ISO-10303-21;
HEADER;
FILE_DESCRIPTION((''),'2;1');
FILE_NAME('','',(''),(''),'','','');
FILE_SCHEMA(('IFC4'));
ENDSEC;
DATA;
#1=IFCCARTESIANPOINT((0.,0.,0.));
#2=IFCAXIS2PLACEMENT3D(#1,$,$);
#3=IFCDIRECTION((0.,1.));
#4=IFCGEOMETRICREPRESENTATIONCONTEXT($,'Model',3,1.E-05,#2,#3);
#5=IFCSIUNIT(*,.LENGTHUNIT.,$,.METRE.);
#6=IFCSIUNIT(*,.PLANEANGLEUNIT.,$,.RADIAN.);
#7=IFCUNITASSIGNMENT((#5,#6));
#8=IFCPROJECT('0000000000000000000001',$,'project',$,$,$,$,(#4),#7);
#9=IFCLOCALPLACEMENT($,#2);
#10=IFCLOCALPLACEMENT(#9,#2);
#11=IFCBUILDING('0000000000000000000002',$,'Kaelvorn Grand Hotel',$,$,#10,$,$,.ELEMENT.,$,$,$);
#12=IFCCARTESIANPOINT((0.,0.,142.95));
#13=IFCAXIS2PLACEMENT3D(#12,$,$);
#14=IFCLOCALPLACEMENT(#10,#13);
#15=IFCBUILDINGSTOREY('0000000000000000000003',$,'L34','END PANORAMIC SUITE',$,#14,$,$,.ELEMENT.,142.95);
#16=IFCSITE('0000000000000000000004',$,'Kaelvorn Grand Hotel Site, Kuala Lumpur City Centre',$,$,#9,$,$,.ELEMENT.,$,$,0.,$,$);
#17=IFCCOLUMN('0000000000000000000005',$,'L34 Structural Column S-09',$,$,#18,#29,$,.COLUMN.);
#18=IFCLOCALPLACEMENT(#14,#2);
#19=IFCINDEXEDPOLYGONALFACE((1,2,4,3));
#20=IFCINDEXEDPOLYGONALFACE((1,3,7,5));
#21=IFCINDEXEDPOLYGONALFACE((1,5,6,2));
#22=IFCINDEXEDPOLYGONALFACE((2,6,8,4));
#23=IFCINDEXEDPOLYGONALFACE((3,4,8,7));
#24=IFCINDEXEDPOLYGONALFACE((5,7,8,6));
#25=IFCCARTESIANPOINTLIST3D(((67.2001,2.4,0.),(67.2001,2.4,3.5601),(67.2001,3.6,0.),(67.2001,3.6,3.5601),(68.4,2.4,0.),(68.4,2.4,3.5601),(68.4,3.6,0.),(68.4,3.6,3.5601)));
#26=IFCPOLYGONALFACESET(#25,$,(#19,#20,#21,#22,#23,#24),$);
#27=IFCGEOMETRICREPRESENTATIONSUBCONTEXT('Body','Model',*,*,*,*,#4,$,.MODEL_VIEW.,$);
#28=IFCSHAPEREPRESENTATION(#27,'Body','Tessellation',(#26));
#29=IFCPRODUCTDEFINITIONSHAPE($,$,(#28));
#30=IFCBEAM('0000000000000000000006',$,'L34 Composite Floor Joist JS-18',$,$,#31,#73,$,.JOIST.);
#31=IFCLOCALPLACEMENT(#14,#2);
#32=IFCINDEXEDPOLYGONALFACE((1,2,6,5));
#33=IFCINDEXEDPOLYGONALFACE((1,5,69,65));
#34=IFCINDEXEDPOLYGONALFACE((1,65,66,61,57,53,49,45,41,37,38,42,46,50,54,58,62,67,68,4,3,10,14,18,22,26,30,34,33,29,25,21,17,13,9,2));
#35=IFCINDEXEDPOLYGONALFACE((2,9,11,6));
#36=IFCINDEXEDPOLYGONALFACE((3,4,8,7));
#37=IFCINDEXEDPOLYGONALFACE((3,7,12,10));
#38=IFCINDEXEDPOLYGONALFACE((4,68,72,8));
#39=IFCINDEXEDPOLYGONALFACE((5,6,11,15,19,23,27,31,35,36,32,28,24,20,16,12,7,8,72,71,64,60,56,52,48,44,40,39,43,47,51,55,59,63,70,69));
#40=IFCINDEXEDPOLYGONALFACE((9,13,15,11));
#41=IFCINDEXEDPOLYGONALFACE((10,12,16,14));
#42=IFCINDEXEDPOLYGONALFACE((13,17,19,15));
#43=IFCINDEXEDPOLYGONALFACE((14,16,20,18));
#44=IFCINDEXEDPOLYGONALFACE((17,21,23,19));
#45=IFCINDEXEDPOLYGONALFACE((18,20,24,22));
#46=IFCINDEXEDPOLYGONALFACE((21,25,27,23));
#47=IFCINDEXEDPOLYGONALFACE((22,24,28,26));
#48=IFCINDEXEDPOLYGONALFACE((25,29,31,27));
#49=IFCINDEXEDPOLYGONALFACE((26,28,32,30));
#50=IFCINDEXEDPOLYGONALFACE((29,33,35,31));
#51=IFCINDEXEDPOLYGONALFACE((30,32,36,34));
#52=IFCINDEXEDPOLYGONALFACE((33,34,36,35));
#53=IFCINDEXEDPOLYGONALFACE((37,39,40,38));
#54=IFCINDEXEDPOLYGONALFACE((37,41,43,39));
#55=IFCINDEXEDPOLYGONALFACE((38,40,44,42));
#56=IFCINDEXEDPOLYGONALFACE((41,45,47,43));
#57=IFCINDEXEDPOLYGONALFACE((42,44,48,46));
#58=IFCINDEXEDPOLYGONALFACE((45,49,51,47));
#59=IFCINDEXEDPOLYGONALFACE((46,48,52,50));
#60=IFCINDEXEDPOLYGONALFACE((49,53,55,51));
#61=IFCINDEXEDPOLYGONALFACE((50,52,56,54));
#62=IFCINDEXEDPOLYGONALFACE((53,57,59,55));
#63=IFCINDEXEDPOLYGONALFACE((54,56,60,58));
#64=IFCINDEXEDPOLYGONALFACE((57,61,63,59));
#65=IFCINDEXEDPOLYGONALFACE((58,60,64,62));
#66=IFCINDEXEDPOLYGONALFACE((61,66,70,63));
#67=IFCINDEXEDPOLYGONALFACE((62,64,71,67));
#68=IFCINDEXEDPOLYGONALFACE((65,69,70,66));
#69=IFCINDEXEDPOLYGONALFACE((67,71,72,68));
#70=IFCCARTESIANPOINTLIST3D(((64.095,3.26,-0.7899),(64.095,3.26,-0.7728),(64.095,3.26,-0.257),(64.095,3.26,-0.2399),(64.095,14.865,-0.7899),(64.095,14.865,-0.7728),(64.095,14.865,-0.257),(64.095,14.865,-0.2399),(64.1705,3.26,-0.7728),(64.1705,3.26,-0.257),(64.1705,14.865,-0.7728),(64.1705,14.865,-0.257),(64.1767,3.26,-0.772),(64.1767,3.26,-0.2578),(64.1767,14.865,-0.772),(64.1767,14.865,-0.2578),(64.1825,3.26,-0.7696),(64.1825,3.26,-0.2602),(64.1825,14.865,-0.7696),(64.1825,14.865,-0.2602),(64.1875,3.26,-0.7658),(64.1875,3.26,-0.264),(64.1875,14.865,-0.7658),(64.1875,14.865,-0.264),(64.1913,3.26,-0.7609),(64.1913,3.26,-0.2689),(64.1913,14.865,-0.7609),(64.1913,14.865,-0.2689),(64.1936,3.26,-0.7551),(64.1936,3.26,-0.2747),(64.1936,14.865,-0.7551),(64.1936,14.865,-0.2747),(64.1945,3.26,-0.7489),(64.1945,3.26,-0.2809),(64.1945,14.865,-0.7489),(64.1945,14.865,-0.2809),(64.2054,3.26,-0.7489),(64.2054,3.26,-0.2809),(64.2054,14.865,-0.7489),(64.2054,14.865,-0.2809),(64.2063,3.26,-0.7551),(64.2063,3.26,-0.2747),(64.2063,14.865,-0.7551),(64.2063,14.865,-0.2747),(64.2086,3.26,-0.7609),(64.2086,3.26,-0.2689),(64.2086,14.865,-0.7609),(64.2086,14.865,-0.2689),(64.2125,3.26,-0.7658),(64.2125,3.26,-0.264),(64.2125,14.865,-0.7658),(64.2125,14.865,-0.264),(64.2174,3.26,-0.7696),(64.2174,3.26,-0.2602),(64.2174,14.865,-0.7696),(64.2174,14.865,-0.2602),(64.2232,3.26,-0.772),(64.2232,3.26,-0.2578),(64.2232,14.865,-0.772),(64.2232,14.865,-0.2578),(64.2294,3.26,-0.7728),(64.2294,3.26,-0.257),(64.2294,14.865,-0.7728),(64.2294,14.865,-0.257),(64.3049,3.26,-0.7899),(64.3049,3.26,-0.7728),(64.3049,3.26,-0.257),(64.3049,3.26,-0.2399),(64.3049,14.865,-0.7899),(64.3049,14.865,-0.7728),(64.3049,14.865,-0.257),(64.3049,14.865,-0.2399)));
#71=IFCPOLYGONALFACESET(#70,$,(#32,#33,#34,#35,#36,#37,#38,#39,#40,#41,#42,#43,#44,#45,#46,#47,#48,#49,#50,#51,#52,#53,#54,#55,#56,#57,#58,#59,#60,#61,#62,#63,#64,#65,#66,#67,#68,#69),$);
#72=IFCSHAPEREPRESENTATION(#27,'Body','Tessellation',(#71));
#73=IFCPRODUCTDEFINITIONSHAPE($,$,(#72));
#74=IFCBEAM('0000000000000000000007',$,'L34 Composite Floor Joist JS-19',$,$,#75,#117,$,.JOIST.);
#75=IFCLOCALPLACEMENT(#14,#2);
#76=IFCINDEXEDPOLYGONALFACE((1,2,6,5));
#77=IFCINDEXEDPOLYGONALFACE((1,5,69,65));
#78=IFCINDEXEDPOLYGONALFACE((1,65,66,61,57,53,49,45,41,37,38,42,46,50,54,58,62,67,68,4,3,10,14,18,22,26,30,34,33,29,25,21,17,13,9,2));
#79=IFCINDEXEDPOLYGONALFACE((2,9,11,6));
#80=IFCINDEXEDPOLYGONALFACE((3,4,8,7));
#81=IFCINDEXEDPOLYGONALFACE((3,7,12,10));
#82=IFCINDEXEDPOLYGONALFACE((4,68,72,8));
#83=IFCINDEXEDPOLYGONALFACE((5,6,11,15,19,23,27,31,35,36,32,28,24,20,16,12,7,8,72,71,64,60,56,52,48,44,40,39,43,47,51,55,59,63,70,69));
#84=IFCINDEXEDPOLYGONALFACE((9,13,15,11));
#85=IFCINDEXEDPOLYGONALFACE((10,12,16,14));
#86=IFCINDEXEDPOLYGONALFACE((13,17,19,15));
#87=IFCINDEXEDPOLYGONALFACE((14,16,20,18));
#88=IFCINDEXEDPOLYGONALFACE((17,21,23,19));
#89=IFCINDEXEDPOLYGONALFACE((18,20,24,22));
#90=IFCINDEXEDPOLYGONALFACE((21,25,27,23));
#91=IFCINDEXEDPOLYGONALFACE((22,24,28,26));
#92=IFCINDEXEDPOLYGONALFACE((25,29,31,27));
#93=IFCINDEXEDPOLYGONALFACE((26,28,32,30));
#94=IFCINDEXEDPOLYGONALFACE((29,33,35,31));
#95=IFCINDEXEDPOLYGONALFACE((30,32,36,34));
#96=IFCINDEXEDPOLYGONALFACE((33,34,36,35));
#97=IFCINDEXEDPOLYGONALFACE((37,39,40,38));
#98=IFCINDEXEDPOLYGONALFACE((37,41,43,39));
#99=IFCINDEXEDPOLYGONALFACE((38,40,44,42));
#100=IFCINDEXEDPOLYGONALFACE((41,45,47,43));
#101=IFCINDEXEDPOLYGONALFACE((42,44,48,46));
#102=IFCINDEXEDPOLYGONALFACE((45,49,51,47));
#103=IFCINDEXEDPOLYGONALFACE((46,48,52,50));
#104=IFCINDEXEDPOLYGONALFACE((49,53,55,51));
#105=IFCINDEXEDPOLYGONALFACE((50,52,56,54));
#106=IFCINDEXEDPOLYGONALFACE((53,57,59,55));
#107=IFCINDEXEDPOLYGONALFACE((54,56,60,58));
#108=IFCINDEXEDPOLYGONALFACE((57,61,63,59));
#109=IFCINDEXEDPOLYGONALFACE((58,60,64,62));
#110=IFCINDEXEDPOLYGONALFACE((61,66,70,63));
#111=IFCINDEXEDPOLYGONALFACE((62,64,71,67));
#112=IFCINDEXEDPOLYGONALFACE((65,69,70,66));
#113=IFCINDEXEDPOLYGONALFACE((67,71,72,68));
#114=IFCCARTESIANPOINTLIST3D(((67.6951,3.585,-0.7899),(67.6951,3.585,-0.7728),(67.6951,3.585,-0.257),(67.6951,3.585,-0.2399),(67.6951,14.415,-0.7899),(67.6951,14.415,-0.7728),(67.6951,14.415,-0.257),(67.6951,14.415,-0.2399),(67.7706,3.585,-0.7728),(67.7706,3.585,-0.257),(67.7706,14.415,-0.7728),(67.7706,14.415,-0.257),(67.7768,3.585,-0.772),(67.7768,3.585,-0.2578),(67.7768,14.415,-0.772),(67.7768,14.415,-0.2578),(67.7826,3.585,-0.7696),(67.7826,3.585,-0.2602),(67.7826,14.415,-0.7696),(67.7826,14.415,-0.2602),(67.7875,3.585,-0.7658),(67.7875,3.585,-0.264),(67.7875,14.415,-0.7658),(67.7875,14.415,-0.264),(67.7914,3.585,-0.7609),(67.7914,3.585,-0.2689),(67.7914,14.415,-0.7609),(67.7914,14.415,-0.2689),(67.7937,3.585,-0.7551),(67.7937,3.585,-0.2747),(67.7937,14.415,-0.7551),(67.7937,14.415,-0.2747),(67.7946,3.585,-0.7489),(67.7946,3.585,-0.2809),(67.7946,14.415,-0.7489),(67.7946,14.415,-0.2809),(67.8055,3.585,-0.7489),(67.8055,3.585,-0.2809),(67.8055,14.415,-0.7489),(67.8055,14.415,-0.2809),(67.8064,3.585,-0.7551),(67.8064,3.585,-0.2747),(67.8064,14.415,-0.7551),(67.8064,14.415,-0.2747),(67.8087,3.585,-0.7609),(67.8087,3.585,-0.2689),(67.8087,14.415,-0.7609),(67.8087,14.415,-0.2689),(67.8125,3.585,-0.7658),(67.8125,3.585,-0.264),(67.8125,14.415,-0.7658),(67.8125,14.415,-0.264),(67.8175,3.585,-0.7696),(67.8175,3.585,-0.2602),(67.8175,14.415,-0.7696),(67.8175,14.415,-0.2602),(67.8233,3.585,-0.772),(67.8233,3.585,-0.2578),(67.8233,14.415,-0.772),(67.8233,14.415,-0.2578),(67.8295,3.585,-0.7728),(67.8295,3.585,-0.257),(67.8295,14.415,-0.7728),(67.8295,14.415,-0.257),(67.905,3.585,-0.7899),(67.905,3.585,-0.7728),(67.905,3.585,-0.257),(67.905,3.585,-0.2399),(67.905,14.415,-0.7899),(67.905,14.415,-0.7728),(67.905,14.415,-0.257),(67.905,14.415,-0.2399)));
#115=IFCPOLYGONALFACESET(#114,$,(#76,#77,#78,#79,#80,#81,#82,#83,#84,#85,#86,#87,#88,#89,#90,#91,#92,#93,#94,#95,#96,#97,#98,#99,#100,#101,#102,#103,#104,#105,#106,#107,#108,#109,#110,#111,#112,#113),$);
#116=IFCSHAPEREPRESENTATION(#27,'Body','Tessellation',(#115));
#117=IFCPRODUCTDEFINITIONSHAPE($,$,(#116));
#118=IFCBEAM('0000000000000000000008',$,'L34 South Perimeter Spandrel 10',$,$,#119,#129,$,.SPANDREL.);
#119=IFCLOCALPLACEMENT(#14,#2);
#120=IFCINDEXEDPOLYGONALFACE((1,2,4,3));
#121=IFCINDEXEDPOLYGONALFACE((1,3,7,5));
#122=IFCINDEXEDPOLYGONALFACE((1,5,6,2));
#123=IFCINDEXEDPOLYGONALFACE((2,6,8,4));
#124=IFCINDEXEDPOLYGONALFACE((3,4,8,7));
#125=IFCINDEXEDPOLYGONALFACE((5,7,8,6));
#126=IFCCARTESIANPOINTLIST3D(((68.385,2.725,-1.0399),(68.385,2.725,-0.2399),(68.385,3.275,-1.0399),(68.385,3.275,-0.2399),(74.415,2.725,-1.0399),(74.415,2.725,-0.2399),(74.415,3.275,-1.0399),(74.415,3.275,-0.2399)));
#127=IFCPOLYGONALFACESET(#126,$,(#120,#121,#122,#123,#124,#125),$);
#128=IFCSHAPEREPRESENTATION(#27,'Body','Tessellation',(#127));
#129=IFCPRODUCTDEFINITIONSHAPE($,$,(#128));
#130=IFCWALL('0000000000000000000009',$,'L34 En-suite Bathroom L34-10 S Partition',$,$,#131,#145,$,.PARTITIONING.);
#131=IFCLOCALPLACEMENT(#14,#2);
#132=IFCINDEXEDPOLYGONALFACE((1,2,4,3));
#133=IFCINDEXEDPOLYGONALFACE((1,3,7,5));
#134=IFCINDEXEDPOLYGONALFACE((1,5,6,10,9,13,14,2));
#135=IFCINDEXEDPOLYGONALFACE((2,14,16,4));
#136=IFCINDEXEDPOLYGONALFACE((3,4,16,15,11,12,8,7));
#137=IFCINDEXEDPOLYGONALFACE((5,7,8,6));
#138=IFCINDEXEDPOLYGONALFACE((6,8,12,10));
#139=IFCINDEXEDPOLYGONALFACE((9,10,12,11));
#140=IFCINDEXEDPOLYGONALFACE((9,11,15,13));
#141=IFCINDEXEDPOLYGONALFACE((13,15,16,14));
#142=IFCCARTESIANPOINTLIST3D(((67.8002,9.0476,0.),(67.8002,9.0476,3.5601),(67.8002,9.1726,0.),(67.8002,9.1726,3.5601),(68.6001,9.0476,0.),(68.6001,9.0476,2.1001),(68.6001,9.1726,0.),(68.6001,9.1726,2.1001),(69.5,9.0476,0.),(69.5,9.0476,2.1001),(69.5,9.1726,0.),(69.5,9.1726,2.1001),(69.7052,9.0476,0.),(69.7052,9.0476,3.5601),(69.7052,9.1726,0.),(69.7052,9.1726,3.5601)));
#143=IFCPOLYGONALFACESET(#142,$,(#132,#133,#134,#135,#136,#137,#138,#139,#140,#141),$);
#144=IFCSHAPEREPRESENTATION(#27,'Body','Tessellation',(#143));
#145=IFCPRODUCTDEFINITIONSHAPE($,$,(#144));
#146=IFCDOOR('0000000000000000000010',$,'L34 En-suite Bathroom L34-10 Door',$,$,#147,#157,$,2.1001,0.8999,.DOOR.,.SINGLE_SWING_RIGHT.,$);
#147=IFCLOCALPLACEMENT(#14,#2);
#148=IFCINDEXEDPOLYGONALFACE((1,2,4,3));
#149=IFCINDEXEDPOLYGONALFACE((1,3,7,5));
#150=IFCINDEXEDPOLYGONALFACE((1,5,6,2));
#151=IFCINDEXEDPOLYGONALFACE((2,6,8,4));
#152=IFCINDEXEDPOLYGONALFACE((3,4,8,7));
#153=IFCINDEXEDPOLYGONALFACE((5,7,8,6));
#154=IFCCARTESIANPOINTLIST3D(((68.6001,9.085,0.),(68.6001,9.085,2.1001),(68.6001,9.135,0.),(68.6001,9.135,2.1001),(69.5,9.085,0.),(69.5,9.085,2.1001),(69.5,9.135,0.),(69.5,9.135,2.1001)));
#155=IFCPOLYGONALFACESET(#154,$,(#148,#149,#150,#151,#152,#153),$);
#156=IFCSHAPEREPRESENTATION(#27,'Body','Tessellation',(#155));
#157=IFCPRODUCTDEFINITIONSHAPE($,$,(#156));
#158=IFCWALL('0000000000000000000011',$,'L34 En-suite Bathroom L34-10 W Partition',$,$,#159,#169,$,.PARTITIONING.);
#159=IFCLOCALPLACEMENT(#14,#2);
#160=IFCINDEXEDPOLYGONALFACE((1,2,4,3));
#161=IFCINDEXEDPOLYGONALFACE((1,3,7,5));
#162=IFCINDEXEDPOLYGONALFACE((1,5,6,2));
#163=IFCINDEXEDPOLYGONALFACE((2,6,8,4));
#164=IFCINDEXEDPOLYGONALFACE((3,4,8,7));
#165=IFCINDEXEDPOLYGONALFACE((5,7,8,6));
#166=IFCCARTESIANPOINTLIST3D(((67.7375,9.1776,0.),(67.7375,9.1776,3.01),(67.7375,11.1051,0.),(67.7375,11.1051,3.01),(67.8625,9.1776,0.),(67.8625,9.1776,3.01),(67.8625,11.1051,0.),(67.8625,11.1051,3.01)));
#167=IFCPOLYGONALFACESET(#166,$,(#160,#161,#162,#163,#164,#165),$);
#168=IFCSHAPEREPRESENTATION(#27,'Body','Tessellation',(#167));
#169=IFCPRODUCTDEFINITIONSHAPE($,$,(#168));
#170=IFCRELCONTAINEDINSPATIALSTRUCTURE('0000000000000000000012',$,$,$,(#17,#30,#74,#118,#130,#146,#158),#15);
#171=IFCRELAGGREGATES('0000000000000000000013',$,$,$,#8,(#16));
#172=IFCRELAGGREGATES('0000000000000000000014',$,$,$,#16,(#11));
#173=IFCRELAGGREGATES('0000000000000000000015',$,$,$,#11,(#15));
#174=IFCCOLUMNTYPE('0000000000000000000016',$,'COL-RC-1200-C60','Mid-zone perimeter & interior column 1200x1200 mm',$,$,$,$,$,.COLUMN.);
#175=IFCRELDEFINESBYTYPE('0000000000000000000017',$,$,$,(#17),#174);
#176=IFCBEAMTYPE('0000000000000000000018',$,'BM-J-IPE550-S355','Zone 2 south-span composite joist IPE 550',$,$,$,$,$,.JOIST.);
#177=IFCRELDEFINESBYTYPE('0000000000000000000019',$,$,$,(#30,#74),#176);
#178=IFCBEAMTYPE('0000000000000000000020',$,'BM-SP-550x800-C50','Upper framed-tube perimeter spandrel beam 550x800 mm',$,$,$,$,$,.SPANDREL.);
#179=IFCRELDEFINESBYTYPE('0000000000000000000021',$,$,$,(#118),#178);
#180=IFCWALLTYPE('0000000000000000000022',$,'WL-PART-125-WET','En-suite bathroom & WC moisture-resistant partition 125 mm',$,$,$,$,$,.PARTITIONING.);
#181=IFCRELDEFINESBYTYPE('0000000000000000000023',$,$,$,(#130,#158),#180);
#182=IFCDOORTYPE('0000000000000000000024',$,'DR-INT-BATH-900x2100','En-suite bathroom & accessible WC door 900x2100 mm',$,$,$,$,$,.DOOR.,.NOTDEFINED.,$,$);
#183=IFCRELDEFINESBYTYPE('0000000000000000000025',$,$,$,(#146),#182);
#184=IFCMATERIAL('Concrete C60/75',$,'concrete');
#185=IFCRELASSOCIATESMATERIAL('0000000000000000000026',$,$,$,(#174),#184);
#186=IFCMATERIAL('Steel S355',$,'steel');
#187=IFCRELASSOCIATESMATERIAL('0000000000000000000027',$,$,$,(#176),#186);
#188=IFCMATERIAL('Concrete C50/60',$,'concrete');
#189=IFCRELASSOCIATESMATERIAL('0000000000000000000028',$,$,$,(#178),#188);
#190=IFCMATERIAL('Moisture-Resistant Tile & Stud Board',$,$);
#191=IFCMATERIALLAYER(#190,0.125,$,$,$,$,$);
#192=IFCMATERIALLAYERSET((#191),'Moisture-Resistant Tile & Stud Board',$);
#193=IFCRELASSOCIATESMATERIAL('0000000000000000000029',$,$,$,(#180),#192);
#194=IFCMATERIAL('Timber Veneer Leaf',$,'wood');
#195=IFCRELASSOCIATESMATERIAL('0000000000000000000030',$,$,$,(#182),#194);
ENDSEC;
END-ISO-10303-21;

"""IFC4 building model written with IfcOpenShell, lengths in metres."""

from ifc_helpers import new_model, si_unit, direction, frame, frame_2d, origin, origin_2d, place, context, subcontext, project, spatial, rectangle, i_section, extrude, material, layer, layer_set, material_profile, profile_set, type_object, element, fill, save


model = new_model("IFC4")

# Units and contexts
model_context = context("Model", 3, precision=1e-05, world=origin(), true_north=direction((0.0, 1.0)))
body_context = subcontext(model_context, "Body", "Model", "MODEL_VIEW")
ifc_project = project(units=[si_unit("LENGTHUNIT", "METRE"), si_unit("PLANEANGLEUNIT", "RADIAN")], contexts=[model_context])

# Site, building, storey
site_placement = place(None, origin())
site = spatial("IfcSite", under=ifc_project, at=site_placement, Name="Kaelvorn Grand Hotel Site, Kuala Lumpur City Centre", CompositionType="ELEMENT", RefElevation=0.0)
building_placement = place(site_placement, origin())
building = spatial("IfcBuilding", under=site, at=building_placement, Name="Kaelvorn Grand Hotel", CompositionType="ELEMENT")
storey_placement = place(building_placement, frame((0.0, 0.0, 142.95)))
storey = spatial("IfcBuildingStorey", under=building, at=storey_placement, Name="L34", Description="END PANORAMIC SUITE", CompositionType="ELEMENT", Elevation=142.95)

# Column
ifc_material_1 = material(Name="Concrete C60/75", Category="concrete")
ifc_material_profile_1 = material_profile(ifc_material_1, rectangle(XDim=1.2, YDim=1.2, at=origin_2d()), Name="RC COL 1200x1200")
ifc_profile_set_1 = profile_set([ifc_material_profile_1], Name="Concrete C60/75")
column_type = type_object("IfcColumnType", Name="COL-RC-1200-C60", Description="Mid-zone perimeter & interior column 1200x1200 mm", PredefinedType="COLUMN", material=ifc_profile_set_1)
column_placement = place(storey_placement, frame((67.8, 3.0, 0.0), z_axis=(0.0, 0.0, 1.0), x_axis=(1.0, 0.0, 0.0)))
element("IfcColumn", 1, at=column_placement, inside=storey, type_object=column_type, Name="L34 Structural Column S-09", PredefinedType="COLUMN", context=body_context, shape_type="SweptSolid", body=[
    extrude(rectangle(XDim=1.2, YDim=1.2, at=origin_2d()), origin(), (0.0, 0.0, 1.0), 3.5601),
])

# Beams
ifc_material_2 = material(Name="Steel S355", Category="steel")
ifc_material_profile_2 = material_profile(ifc_material_2, i_section(OverallWidth=0.21, OverallDepth=0.55, WebThickness=0.011, FlangeThickness=0.0171, FilletRadius=0.0239, at=origin_2d()), Name="IPE 550")
ifc_profile_set_2 = profile_set([ifc_material_profile_2], Name="Steel S355")
beam_type_1 = type_object("IfcBeamType", Name="BM-J-IPE550-S355", Description="Zone 2 south-span composite joist IPE 550", PredefinedType="JOIST", material=ifc_profile_set_2)
beam_1_placement = place(storey_placement, frame((64.2, 3.26, -0.5149), z_axis=(0.0, 1.0, 0.0), x_axis=(-1.0, 0.0, 0.0)))
element("IfcBeam", 2, at=beam_1_placement, inside=storey, type_object=beam_type_1, Name="L34 Composite Floor Joist JS-18", PredefinedType="JOIST", context=body_context, shape_type="SweptSolid", body=[
    extrude(i_section(OverallWidth=0.21, OverallDepth=0.55, WebThickness=0.011, FlangeThickness=0.0171, FilletRadius=0.0239, at=origin_2d()), origin(), (0.0, 0.0, 1.0), 11.605),
])
beam_2_placement = place(storey_placement, frame((67.8, 3.585, -0.5149), z_axis=(0.0, 1.0, 0.0), x_axis=(-1.0, 0.0, 0.0)))
element("IfcBeam", 3, at=beam_2_placement, inside=storey, type_object=beam_type_1, Name="L34 Composite Floor Joist JS-19", PredefinedType="JOIST", context=body_context, shape_type="SweptSolid", body=[
    extrude(i_section(OverallWidth=0.21, OverallDepth=0.55, WebThickness=0.011, FlangeThickness=0.0171, FilletRadius=0.0239, at=origin_2d()), origin(), (0.0, 0.0, 1.0), 10.8301),
])
ifc_material_3 = material(Name="Concrete C50/60", Category="concrete")
ifc_material_profile_3 = material_profile(ifc_material_3, rectangle(XDim=0.55, YDim=0.8, at=origin_2d()), Name="RC SPANDREL 550x800")
ifc_profile_set_3 = profile_set([ifc_material_profile_3], Name="Concrete C50/60")
beam_type_2 = type_object("IfcBeamType", Name="BM-SP-550x800-C50", Description="Upper framed-tube perimeter spandrel beam 550x800 mm", PredefinedType="SPANDREL", material=ifc_profile_set_3)
beam_3_placement = place(storey_placement, frame((68.385, 3.0, -0.6399), z_axis=(1.0, 0.0, 0.0), x_axis=(0.0, 1.0, 0.0)))
element("IfcBeam", 4, at=beam_3_placement, inside=storey, type_object=beam_type_2, Name="L34 South Perimeter Spandrel 10", PredefinedType="SPANDREL", context=body_context, shape_type="SweptSolid", body=[
    extrude(rectangle(XDim=0.55, YDim=0.8, at=origin_2d()), origin(), (0.0, 0.0, 1.0), 6.03),
])

# Wall, opening, door
ifc_material_4 = material(Name="Moisture-Resistant Tile & Stud Board")
ifc_layer_1 = layer(ifc_material_4, 0.125)
ifc_layer_set_1 = layer_set([ifc_layer_1], Name="Moisture-Resistant Tile & Stud Board")
wall_type_1 = type_object("IfcWallType", Name="WL-PART-125-WET", Description="En-suite bathroom & WC moisture-resistant partition 125 mm", PredefinedType="PARTITIONING", material=ifc_layer_set_1)
wall_1_placement = place(storey_placement, frame((67.8, 9.1101, 0.0), z_axis=(0.0, 0.0, 1.0), x_axis=(1.0, 0.0, 0.0)))
wall_1 = element("IfcWall", 5, at=wall_1_placement, inside=storey, type_object=wall_type_1, Name="L34 En-suite Bathroom L34-10 S Partition", PredefinedType="PARTITIONING", context=body_context, shape_type="SweptSolid", body=[
    extrude(rectangle(XDim=1.905, YDim=0.125, at=frame_2d((0.9526, 0.0))), origin(), (0.0, 0.0, 1.0), 3.5601),
])
opening_1_placement = place(wall_1_placement, frame((0.8, 0.0, 0.0)))
opening_1 = element("IfcOpeningElement", 6, at=opening_1_placement, cuts=wall_1, PredefinedType="OPENING", context=body_context, shape_type="SweptSolid", body=[
    extrude(rectangle(XDim=0.8999, YDim=2.1001, at=frame_2d((0.45, 1.05))), frame((0.0, 0.0725, 0.0), z_axis=(0.0, -1.0, 0.0), x_axis=(1.0, 0.0, 0.0)), (0.0, 0.0, 1.0), 0.145),
])
ifc_material_5 = material(Name="Timber Veneer Leaf", Category="wood")
door_type_1 = type_object("IfcDoorType", Name="DR-INT-BATH-900x2100", Description="En-suite bathroom & accessible WC door 900x2100 mm", OperationType="NOTDEFINED", PredefinedType="DOOR", material=ifc_material_5)
door_1_placement = place(opening_1_placement, origin())
door_1 = element("IfcDoor", 7, at=door_1_placement, inside=storey, type_object=door_type_1, Name="L34 En-suite Bathroom L34-10 Door", OperationType="SINGLE_SWING_RIGHT", OverallHeight=2.1001, OverallWidth=0.8999, PredefinedType="DOOR", context=body_context, shape_type="SweptSolid", body=[
    extrude(rectangle(XDim=0.8999, YDim=2.1001, at=frame_2d((0.45, 1.05))), frame((0.0, 0.0249, 0.0), z_axis=(0.0, -1.0, 0.0), x_axis=(1.0, 0.0, 0.0)), (0.0, 0.0, 1.0), 0.05),
])
fill(opening_1, door_1)

# Wall
wall_2_placement = place(storey_placement, frame((67.8, 9.1775, 0.0), z_axis=(0.0, 0.0, 1.0), x_axis=(0.0, 1.0, 0.0)))
element("IfcWall", 8, at=wall_2_placement, inside=storey, type_object=wall_type_1, Name="L34 En-suite Bathroom L34-10 W Partition", PredefinedType="PARTITIONING", context=body_context, shape_type="SweptSolid", body=[
    extrude(rectangle(XDim=1.9275, YDim=0.125, at=frame_2d((0.9639, 0.0))), origin(), (0.0, 0.0, 1.0), 3.01),
])

save(model, "model.ifc")
